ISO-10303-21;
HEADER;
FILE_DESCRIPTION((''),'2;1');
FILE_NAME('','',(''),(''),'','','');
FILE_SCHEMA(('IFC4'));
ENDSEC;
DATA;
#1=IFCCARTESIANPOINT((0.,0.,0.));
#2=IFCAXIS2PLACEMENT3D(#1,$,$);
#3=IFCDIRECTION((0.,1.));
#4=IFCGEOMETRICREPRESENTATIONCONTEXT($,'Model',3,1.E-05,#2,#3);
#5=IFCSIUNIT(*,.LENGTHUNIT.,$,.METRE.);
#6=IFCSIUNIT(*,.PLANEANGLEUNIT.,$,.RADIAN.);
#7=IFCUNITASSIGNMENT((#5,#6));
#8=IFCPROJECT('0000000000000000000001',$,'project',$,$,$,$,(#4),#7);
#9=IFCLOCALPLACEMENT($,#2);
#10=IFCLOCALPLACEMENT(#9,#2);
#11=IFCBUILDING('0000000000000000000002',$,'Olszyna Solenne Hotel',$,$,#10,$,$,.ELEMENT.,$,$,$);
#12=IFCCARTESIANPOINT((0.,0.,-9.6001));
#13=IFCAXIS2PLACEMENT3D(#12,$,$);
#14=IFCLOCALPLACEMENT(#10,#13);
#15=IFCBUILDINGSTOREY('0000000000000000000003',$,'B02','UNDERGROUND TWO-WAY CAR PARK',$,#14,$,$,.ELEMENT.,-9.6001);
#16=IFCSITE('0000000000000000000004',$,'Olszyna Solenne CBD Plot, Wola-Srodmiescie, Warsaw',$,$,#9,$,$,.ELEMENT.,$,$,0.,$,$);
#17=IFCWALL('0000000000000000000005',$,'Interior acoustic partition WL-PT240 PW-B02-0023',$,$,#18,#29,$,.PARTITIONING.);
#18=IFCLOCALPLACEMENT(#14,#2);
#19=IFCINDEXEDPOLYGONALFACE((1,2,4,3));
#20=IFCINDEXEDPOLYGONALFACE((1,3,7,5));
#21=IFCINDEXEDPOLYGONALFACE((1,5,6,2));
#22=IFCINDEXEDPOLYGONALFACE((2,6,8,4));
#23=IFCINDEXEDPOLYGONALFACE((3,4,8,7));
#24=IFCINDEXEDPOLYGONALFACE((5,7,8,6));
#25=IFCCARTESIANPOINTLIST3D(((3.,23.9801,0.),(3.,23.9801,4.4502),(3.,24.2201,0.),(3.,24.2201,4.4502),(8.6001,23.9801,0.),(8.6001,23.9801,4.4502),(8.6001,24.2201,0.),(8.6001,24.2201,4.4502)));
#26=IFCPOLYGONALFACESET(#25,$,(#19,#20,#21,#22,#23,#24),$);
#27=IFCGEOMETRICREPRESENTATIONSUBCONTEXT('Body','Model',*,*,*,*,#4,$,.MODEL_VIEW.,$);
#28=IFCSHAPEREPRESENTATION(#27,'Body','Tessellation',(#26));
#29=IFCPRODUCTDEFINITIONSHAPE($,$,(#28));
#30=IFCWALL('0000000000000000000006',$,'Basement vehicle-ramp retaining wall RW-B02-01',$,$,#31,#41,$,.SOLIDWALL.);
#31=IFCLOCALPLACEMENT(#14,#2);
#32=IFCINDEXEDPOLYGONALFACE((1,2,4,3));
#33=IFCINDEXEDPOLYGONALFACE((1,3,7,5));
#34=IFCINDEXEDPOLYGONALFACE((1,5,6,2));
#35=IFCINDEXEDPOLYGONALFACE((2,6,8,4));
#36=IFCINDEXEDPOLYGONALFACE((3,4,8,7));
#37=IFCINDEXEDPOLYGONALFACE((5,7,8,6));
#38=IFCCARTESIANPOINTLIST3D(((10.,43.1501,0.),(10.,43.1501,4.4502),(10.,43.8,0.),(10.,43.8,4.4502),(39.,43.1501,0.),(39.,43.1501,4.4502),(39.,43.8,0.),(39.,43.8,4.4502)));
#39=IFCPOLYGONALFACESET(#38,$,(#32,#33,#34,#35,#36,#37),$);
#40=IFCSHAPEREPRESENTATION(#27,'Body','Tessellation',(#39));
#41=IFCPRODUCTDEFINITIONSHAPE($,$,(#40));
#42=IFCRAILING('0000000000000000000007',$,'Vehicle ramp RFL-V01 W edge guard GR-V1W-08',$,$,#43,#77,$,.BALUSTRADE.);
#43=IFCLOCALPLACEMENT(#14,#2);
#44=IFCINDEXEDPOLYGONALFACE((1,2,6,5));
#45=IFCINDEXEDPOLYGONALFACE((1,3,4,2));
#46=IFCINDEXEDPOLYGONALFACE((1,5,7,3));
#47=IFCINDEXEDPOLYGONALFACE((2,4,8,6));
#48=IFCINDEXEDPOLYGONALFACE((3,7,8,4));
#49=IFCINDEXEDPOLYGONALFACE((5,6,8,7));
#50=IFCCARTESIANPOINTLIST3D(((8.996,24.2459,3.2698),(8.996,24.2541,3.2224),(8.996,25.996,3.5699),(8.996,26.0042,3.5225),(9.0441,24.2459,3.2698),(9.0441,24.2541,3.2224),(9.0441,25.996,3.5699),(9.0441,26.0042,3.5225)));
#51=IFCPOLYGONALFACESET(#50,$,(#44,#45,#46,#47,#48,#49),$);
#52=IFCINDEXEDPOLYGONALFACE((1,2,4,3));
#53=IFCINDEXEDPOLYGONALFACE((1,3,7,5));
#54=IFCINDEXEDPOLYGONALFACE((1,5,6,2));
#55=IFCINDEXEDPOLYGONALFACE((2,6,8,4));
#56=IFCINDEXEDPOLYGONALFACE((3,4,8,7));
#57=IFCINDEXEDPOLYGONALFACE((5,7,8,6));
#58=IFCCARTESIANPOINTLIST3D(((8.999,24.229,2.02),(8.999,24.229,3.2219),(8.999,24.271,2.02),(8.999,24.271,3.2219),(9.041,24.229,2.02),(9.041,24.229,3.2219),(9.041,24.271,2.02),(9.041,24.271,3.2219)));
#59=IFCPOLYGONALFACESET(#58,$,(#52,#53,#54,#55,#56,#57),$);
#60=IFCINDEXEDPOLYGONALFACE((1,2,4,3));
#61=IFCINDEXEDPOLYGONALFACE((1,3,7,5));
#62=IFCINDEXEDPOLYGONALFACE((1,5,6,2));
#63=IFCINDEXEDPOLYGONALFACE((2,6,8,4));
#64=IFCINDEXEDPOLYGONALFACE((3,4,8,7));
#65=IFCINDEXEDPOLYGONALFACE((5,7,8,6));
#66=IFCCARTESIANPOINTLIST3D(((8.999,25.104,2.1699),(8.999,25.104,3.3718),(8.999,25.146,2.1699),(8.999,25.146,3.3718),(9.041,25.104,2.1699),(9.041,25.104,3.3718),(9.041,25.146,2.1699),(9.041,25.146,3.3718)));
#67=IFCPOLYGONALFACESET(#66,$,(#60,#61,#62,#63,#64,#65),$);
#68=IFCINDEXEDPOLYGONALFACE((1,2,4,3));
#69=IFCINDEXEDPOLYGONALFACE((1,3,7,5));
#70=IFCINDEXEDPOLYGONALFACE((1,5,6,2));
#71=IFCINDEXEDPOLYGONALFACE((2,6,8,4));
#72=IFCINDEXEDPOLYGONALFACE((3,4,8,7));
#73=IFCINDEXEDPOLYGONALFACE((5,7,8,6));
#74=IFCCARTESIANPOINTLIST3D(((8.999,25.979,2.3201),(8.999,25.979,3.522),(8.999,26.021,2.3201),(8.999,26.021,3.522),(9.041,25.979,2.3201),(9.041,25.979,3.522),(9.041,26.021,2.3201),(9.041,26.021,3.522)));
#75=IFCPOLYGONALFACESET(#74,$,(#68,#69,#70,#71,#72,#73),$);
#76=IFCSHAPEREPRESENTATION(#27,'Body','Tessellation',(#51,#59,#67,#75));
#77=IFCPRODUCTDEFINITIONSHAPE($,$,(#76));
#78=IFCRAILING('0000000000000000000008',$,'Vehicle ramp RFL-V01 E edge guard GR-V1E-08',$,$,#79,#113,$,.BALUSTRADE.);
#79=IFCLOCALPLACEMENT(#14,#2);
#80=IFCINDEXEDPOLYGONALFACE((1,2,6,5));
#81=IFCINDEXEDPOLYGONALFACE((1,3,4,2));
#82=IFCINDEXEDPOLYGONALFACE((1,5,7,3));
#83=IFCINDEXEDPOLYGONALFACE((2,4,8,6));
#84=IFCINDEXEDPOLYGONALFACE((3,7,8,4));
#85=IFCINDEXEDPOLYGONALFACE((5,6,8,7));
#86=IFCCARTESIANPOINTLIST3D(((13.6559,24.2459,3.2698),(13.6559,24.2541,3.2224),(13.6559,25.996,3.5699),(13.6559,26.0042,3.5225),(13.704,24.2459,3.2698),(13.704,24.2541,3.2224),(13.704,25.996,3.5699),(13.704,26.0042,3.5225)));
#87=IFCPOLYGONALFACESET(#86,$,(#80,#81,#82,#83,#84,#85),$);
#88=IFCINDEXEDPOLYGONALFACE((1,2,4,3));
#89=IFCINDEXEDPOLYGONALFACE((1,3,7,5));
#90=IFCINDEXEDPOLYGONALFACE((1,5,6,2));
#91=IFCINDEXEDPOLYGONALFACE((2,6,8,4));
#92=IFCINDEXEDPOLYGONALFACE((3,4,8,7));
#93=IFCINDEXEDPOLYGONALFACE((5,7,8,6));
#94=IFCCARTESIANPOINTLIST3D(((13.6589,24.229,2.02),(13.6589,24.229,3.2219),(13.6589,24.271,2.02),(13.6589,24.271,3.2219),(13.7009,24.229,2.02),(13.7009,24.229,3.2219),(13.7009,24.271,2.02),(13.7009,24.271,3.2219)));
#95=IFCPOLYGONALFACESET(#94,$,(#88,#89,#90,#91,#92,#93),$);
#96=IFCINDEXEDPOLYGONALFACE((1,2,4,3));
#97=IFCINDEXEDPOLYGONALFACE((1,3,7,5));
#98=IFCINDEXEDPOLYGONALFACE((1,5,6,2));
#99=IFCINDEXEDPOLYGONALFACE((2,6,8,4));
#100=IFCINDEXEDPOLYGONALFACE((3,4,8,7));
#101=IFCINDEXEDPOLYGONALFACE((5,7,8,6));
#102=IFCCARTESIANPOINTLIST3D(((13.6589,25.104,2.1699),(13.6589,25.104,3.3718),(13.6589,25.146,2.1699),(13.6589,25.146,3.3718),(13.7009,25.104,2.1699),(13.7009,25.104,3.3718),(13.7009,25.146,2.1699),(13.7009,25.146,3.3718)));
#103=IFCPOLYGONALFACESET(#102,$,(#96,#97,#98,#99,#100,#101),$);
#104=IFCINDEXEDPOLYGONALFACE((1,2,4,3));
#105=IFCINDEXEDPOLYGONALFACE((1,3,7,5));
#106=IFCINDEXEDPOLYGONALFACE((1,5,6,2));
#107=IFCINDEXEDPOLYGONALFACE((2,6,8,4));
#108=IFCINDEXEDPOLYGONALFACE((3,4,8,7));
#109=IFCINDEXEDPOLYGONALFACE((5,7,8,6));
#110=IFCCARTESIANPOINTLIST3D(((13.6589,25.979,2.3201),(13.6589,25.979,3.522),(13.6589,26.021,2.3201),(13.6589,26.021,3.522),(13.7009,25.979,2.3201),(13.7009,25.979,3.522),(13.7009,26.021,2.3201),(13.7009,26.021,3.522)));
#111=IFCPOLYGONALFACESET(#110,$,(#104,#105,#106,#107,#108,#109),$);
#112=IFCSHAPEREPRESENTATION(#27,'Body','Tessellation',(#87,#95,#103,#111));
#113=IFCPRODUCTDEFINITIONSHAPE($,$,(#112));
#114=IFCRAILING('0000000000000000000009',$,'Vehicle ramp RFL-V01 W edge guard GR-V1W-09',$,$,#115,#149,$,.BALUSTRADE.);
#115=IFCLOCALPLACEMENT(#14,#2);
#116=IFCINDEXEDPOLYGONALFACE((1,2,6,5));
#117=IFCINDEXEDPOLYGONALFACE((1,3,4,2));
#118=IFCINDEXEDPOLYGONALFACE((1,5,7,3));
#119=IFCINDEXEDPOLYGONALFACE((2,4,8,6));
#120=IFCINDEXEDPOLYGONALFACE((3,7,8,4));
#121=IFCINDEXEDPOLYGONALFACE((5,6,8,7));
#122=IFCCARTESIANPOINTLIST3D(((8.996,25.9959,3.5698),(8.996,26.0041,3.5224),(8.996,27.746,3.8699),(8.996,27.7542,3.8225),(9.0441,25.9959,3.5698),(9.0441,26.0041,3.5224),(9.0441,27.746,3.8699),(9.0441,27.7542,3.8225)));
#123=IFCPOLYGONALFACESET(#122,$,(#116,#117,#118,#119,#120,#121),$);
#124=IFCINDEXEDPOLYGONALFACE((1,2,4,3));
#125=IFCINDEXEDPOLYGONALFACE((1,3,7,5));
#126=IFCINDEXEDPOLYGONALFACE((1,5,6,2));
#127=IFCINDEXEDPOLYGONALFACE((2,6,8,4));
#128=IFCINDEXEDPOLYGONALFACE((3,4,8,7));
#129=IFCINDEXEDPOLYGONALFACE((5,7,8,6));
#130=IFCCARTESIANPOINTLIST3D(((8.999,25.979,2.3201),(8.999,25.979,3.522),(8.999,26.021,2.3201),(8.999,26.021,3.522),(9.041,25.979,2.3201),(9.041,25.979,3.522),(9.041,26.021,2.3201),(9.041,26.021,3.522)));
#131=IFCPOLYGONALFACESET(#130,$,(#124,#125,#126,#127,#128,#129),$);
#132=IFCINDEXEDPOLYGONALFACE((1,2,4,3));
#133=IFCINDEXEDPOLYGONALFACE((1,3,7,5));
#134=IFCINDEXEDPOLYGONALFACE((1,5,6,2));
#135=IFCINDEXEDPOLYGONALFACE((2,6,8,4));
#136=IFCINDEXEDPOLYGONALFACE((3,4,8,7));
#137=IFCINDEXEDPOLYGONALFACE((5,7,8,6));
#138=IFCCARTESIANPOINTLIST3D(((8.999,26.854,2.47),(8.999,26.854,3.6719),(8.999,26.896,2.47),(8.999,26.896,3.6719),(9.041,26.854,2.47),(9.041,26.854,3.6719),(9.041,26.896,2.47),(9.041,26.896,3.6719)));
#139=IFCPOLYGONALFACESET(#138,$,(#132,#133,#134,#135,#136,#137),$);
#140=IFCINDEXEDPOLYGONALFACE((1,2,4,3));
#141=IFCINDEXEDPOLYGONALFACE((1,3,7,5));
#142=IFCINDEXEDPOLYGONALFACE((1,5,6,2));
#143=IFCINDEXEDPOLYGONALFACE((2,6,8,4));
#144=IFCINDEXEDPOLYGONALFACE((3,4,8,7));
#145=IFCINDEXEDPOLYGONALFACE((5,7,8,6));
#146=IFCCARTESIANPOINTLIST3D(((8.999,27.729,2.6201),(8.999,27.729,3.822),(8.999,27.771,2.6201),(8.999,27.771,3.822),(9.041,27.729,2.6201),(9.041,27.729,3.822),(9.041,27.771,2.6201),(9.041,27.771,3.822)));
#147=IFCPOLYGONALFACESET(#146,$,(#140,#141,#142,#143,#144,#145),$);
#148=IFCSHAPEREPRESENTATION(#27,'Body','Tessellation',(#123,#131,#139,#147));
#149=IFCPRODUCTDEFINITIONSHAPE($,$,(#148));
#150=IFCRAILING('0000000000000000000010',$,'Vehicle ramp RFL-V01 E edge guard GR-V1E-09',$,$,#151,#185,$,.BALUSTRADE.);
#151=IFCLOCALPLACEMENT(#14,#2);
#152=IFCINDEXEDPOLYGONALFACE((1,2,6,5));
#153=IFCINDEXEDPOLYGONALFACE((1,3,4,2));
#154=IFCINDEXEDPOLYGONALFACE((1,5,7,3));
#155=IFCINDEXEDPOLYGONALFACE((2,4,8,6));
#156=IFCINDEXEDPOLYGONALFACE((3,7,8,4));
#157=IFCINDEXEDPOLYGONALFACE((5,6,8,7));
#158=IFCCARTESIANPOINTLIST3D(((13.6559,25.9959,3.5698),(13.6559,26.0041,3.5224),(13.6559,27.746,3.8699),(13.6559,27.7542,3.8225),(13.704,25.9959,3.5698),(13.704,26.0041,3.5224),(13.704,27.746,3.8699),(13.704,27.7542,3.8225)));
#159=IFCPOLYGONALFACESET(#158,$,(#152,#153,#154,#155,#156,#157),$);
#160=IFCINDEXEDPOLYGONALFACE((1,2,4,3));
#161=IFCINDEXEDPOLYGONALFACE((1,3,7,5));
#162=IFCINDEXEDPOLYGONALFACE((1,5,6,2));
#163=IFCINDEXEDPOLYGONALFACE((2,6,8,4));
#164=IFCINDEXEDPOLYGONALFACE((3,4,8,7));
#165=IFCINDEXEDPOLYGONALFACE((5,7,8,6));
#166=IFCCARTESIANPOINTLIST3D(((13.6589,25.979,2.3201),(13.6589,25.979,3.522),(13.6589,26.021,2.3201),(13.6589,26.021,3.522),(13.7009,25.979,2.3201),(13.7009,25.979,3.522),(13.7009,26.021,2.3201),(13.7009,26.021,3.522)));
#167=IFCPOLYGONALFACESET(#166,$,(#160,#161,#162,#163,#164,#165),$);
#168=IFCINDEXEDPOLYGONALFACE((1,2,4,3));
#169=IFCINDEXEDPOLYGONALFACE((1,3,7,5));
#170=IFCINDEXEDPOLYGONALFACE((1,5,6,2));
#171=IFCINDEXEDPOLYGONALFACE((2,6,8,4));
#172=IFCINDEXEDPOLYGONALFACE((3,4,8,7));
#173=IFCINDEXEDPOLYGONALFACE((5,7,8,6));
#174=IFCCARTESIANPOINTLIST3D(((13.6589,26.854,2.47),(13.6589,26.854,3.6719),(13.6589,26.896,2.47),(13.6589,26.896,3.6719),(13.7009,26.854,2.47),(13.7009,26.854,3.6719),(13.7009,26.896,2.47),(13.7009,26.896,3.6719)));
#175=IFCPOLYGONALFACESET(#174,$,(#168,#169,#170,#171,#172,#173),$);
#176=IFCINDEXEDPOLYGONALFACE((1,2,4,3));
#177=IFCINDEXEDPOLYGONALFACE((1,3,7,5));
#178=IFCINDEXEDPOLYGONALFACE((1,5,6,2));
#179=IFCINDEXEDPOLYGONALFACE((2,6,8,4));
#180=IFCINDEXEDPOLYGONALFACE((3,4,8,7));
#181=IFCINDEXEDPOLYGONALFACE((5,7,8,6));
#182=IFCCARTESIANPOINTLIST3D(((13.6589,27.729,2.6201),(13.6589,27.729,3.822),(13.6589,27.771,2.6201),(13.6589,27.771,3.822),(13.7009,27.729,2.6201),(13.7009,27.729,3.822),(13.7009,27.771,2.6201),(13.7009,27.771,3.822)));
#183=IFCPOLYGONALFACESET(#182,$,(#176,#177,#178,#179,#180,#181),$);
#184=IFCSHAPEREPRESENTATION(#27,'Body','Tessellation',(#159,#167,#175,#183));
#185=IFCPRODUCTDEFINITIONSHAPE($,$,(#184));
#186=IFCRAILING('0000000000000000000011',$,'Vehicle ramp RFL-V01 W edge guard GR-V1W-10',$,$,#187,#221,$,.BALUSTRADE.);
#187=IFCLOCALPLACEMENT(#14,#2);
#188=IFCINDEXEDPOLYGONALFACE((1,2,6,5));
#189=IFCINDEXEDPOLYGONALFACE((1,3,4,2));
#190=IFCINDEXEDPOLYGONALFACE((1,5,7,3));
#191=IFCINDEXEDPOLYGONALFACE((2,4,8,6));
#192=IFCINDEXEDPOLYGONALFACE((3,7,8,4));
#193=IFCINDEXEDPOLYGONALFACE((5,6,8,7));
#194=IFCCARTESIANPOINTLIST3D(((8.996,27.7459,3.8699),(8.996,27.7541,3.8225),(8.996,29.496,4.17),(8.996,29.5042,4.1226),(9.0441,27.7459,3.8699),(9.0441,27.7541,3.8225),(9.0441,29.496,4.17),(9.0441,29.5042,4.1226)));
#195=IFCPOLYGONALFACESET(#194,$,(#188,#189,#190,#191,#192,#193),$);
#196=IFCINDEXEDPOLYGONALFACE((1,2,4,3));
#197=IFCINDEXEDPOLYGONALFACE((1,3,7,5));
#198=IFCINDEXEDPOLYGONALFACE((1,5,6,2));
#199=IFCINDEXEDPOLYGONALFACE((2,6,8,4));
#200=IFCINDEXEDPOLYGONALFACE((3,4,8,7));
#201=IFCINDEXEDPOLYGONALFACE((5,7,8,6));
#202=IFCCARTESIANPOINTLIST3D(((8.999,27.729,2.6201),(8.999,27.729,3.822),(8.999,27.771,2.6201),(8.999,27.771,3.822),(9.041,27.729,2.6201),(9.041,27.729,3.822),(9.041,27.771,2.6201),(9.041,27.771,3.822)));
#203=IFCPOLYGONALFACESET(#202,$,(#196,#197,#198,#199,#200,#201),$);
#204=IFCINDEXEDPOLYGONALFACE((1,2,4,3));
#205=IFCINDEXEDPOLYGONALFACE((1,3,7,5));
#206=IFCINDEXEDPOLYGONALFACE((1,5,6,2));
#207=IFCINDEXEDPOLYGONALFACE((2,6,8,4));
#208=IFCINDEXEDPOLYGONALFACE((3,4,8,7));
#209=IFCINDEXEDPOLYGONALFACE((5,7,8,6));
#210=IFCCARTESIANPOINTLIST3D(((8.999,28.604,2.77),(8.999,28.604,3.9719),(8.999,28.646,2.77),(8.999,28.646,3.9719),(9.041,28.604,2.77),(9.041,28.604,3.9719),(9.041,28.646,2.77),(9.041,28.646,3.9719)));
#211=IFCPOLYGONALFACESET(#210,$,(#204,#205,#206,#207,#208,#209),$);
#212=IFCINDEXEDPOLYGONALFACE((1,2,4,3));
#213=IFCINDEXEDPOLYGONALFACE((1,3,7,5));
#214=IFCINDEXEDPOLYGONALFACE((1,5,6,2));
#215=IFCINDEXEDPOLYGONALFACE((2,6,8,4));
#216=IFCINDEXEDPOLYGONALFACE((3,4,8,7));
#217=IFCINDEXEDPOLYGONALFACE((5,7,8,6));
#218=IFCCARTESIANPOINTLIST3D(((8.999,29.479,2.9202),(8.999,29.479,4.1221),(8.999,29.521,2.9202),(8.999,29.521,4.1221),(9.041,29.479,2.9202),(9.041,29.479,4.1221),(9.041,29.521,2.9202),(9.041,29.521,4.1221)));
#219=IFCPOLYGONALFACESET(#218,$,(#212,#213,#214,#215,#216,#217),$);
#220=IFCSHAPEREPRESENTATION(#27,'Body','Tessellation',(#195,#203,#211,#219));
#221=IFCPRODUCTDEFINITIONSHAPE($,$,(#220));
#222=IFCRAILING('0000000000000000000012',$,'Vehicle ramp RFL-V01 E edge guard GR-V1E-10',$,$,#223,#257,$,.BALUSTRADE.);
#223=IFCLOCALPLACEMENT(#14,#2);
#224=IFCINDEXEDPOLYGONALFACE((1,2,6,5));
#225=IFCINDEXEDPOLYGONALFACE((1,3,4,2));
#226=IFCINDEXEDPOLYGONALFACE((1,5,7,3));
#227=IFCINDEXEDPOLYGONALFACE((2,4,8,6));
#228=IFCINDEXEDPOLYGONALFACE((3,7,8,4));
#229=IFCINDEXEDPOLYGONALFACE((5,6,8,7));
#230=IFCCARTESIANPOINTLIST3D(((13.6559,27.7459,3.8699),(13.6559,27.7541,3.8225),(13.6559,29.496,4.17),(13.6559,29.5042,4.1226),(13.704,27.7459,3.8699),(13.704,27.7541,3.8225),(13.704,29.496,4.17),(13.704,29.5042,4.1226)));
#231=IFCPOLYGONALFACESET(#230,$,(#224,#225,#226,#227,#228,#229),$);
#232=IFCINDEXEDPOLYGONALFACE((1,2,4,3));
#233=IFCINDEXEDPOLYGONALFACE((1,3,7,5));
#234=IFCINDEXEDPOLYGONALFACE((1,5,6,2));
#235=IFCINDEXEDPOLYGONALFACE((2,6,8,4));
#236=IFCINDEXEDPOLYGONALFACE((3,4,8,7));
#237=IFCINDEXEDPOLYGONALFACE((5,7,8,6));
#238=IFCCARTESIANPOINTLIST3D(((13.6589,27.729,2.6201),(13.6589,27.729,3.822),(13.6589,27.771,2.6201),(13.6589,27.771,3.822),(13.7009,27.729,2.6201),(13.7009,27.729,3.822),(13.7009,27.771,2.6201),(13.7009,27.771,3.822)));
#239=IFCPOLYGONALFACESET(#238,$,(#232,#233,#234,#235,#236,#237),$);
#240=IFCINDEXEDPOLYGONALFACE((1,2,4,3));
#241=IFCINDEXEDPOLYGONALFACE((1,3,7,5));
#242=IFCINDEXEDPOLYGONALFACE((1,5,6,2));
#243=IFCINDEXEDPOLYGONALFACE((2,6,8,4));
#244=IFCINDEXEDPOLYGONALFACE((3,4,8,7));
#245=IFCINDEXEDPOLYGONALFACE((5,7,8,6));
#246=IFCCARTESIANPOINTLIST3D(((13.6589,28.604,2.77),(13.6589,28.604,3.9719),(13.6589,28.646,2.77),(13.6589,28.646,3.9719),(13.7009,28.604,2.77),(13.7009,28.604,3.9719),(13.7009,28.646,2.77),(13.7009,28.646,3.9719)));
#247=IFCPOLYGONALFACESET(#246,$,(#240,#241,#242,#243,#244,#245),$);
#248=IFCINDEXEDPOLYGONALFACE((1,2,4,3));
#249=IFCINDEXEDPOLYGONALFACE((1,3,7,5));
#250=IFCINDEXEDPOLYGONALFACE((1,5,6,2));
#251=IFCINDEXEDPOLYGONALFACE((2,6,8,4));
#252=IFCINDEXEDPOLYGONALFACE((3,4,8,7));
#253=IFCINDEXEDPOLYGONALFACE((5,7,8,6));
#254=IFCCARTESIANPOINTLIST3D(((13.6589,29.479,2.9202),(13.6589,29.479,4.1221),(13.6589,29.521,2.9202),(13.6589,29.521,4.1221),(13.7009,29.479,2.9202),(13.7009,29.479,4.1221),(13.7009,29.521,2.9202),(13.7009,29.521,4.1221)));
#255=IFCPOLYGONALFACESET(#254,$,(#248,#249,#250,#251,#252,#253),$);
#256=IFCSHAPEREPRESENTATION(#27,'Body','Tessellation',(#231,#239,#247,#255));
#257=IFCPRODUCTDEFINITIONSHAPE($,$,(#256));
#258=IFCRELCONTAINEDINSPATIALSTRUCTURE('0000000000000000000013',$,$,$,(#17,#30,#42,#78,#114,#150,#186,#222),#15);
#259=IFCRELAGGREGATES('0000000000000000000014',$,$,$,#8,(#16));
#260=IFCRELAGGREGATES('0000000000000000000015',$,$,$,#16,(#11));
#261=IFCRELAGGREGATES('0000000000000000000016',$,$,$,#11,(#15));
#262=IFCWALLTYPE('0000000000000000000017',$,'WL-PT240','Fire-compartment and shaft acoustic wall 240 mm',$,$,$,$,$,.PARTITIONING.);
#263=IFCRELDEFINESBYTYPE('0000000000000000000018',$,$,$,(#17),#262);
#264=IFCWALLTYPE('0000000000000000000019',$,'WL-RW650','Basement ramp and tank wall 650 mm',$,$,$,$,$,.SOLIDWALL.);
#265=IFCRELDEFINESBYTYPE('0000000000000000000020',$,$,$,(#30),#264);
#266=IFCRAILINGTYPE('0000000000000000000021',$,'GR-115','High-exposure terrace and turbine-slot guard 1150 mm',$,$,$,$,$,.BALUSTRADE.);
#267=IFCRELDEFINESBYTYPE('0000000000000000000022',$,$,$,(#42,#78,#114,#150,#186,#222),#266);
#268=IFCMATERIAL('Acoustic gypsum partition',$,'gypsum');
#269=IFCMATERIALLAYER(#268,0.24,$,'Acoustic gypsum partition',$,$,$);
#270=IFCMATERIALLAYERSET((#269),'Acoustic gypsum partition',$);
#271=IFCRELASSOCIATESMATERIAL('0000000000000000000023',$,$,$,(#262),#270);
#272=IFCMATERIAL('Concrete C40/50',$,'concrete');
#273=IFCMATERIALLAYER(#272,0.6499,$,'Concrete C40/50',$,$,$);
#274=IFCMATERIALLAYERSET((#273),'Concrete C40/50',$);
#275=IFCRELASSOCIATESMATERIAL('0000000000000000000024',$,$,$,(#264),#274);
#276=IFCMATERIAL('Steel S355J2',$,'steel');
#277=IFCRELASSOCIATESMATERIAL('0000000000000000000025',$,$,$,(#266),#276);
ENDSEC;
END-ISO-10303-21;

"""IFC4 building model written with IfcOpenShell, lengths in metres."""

from ifc_helpers import new_model, si_unit, direction, frame, frame_2d, origin, origin_2d, place, context, subcontext, project, spatial, rectangle, extrude, material, layer, layer_set, type_object, element, save


model = new_model("IFC4")

# Units and contexts
model_context = context("Model", 3, precision=1e-05, world=origin(), true_north=direction((0.0, 1.0)))
body_context = subcontext(model_context, "Body", "Model", "MODEL_VIEW")
ifc_project = project(units=[si_unit("LENGTHUNIT", "METRE"), si_unit("PLANEANGLEUNIT", "RADIAN")], contexts=[model_context])

# Site, building, storey
site_placement = place(None, origin())
site = spatial("IfcSite", under=ifc_project, at=site_placement, Name="Olszyna Solenne CBD Plot, Wola-Srodmiescie, Warsaw", CompositionType="ELEMENT", RefElevation=0.0)
building_placement = place(site_placement, origin())
building = spatial("IfcBuilding", under=site, at=building_placement, Name="Olszyna Solenne Hotel", CompositionType="ELEMENT")
storey_placement = place(building_placement, frame((0.0, 0.0, -9.6001)))
storey = spatial("IfcBuildingStorey", under=building, at=storey_placement, Name="B02", Description="UNDERGROUND TWO-WAY CAR PARK", CompositionType="ELEMENT", Elevation=-9.6001)

# Shared definitions
ifc_material_1 = material(Name="Concrete C40/50", Category="concrete")

# Shared definitions
ifc_material_2 = material(Name="Steel S355J2", Category="steel")

# Walls
ifc_material_3 = material(Name="Acoustic gypsum partition", Category="gypsum")
ifc_layer_1 = layer(ifc_material_3, 0.24, Name="Acoustic gypsum partition")
ifc_layer_set_1 = layer_set([ifc_layer_1], Name="Acoustic gypsum partition")
wall_type_1 = type_object("IfcWallType", Name="WL-PT240", Description="Fire-compartment and shaft acoustic wall 240 mm", PredefinedType="PARTITIONING", material=ifc_layer_set_1)
wall_1_placement = place(storey_placement, frame((3.0, 24.1001, 0.0), z_axis=(0.0, 0.0, 1.0), x_axis=(1.0, 0.0, 0.0)))
element("IfcWall", 1, at=wall_1_placement, inside=storey, type_object=wall_type_1, Name="Interior acoustic partition WL-PT240 PW-B02-0023", PredefinedType="PARTITIONING", context=body_context, shape_type="SweptSolid", body=[
    extrude(rectangle(XDim=5.6001, YDim=0.24, at=frame_2d((2.8, 0.0))), origin(), (0.0, 0.0, 1.0), 4.4502),
])
ifc_layer_2 = layer(ifc_material_1, 0.6499, Name="Concrete C40/50")
ifc_layer_set_2 = layer_set([ifc_layer_2], Name="Concrete C40/50")
wall_type_2 = type_object("IfcWallType", Name="WL-RW650", Description="Basement ramp and tank wall 650 mm", PredefinedType="SOLIDWALL", material=ifc_layer_set_2)
wall_2_placement = place(storey_placement, frame((10.0, 43.4751, 0.0), z_axis=(0.0, 0.0, 1.0), x_axis=(1.0, 0.0, 0.0)))
element("IfcWall", 2, at=wall_2_placement, inside=storey, type_object=wall_type_2, Name="Basement vehicle-ramp retaining wall RW-B02-01", PredefinedType="SOLIDWALL", context=body_context, shape_type="SweptSolid", body=[
    extrude(rectangle(XDim=29.0, YDim=0.6499, at=frame_2d((14.5, 0.0))), origin(), (0.0, 0.0, 1.0), 4.4502),
])

# Railings
railing_type = type_object("IfcRailingType", Name="GR-115", Description="High-exposure terrace and turbine-slot guard 1150 mm", PredefinedType="BALUSTRADE", material=ifc_material_2)
for number, where, name in (
    (3, (9.02, 24.25, 2.02), "Vehicle ramp RFL-V01 W edge guard GR-V1W-08"),
    (4, (13.6799, 24.25, 2.02), "Vehicle ramp RFL-V01 E edge guard GR-V1E-08"),
    (5, (9.02, 26.0, 2.3201), "Vehicle ramp RFL-V01 W edge guard GR-V1W-09"),
    (6, (13.6799, 26.0, 2.3201), "Vehicle ramp RFL-V01 E edge guard GR-V1E-09"),
    (7, (9.02, 27.75, 2.6201), "Vehicle ramp RFL-V01 W edge guard GR-V1W-10"),
    (8, (13.6799, 27.75, 2.6201), "Vehicle ramp RFL-V01 E edge guard GR-V1E-10"),
):
    element("IfcRailing", number, at=place(storey_placement, frame(where)), inside=storey, type_object=railing_type, Name=name, PredefinedType="BALUSTRADE", context=body_context, shape_type="SweptSolid", body=[
        extrude(rectangle(XDim=0.0481, YDim=0.0481, at=origin_2d()), frame((0.0, 0.0, 1.2261), z_axis=(0.0, 0.985618, 0.168991), x_axis=(-1.0, 0.0, 0.0)), (0.0, 0.0, 1.0), 1.7756),
        extrude(rectangle(XDim=0.042, YDim=0.042, at=origin_2d()), origin(), (0.0, 0.0, 1.0), 1.2019),
        extrude(rectangle(XDim=0.042, YDim=0.042, at=origin_2d()), frame((0.0, 0.875, 0.1499)), (0.0, 0.0, 1.0), 1.2019),
        extrude(rectangle(XDim=0.042, YDim=0.042, at=origin_2d()), frame((0.0, 1.75, 0.3)), (0.0, 0.0, 1.0), 1.2019),
    ])

save(model, "model.ifc")
